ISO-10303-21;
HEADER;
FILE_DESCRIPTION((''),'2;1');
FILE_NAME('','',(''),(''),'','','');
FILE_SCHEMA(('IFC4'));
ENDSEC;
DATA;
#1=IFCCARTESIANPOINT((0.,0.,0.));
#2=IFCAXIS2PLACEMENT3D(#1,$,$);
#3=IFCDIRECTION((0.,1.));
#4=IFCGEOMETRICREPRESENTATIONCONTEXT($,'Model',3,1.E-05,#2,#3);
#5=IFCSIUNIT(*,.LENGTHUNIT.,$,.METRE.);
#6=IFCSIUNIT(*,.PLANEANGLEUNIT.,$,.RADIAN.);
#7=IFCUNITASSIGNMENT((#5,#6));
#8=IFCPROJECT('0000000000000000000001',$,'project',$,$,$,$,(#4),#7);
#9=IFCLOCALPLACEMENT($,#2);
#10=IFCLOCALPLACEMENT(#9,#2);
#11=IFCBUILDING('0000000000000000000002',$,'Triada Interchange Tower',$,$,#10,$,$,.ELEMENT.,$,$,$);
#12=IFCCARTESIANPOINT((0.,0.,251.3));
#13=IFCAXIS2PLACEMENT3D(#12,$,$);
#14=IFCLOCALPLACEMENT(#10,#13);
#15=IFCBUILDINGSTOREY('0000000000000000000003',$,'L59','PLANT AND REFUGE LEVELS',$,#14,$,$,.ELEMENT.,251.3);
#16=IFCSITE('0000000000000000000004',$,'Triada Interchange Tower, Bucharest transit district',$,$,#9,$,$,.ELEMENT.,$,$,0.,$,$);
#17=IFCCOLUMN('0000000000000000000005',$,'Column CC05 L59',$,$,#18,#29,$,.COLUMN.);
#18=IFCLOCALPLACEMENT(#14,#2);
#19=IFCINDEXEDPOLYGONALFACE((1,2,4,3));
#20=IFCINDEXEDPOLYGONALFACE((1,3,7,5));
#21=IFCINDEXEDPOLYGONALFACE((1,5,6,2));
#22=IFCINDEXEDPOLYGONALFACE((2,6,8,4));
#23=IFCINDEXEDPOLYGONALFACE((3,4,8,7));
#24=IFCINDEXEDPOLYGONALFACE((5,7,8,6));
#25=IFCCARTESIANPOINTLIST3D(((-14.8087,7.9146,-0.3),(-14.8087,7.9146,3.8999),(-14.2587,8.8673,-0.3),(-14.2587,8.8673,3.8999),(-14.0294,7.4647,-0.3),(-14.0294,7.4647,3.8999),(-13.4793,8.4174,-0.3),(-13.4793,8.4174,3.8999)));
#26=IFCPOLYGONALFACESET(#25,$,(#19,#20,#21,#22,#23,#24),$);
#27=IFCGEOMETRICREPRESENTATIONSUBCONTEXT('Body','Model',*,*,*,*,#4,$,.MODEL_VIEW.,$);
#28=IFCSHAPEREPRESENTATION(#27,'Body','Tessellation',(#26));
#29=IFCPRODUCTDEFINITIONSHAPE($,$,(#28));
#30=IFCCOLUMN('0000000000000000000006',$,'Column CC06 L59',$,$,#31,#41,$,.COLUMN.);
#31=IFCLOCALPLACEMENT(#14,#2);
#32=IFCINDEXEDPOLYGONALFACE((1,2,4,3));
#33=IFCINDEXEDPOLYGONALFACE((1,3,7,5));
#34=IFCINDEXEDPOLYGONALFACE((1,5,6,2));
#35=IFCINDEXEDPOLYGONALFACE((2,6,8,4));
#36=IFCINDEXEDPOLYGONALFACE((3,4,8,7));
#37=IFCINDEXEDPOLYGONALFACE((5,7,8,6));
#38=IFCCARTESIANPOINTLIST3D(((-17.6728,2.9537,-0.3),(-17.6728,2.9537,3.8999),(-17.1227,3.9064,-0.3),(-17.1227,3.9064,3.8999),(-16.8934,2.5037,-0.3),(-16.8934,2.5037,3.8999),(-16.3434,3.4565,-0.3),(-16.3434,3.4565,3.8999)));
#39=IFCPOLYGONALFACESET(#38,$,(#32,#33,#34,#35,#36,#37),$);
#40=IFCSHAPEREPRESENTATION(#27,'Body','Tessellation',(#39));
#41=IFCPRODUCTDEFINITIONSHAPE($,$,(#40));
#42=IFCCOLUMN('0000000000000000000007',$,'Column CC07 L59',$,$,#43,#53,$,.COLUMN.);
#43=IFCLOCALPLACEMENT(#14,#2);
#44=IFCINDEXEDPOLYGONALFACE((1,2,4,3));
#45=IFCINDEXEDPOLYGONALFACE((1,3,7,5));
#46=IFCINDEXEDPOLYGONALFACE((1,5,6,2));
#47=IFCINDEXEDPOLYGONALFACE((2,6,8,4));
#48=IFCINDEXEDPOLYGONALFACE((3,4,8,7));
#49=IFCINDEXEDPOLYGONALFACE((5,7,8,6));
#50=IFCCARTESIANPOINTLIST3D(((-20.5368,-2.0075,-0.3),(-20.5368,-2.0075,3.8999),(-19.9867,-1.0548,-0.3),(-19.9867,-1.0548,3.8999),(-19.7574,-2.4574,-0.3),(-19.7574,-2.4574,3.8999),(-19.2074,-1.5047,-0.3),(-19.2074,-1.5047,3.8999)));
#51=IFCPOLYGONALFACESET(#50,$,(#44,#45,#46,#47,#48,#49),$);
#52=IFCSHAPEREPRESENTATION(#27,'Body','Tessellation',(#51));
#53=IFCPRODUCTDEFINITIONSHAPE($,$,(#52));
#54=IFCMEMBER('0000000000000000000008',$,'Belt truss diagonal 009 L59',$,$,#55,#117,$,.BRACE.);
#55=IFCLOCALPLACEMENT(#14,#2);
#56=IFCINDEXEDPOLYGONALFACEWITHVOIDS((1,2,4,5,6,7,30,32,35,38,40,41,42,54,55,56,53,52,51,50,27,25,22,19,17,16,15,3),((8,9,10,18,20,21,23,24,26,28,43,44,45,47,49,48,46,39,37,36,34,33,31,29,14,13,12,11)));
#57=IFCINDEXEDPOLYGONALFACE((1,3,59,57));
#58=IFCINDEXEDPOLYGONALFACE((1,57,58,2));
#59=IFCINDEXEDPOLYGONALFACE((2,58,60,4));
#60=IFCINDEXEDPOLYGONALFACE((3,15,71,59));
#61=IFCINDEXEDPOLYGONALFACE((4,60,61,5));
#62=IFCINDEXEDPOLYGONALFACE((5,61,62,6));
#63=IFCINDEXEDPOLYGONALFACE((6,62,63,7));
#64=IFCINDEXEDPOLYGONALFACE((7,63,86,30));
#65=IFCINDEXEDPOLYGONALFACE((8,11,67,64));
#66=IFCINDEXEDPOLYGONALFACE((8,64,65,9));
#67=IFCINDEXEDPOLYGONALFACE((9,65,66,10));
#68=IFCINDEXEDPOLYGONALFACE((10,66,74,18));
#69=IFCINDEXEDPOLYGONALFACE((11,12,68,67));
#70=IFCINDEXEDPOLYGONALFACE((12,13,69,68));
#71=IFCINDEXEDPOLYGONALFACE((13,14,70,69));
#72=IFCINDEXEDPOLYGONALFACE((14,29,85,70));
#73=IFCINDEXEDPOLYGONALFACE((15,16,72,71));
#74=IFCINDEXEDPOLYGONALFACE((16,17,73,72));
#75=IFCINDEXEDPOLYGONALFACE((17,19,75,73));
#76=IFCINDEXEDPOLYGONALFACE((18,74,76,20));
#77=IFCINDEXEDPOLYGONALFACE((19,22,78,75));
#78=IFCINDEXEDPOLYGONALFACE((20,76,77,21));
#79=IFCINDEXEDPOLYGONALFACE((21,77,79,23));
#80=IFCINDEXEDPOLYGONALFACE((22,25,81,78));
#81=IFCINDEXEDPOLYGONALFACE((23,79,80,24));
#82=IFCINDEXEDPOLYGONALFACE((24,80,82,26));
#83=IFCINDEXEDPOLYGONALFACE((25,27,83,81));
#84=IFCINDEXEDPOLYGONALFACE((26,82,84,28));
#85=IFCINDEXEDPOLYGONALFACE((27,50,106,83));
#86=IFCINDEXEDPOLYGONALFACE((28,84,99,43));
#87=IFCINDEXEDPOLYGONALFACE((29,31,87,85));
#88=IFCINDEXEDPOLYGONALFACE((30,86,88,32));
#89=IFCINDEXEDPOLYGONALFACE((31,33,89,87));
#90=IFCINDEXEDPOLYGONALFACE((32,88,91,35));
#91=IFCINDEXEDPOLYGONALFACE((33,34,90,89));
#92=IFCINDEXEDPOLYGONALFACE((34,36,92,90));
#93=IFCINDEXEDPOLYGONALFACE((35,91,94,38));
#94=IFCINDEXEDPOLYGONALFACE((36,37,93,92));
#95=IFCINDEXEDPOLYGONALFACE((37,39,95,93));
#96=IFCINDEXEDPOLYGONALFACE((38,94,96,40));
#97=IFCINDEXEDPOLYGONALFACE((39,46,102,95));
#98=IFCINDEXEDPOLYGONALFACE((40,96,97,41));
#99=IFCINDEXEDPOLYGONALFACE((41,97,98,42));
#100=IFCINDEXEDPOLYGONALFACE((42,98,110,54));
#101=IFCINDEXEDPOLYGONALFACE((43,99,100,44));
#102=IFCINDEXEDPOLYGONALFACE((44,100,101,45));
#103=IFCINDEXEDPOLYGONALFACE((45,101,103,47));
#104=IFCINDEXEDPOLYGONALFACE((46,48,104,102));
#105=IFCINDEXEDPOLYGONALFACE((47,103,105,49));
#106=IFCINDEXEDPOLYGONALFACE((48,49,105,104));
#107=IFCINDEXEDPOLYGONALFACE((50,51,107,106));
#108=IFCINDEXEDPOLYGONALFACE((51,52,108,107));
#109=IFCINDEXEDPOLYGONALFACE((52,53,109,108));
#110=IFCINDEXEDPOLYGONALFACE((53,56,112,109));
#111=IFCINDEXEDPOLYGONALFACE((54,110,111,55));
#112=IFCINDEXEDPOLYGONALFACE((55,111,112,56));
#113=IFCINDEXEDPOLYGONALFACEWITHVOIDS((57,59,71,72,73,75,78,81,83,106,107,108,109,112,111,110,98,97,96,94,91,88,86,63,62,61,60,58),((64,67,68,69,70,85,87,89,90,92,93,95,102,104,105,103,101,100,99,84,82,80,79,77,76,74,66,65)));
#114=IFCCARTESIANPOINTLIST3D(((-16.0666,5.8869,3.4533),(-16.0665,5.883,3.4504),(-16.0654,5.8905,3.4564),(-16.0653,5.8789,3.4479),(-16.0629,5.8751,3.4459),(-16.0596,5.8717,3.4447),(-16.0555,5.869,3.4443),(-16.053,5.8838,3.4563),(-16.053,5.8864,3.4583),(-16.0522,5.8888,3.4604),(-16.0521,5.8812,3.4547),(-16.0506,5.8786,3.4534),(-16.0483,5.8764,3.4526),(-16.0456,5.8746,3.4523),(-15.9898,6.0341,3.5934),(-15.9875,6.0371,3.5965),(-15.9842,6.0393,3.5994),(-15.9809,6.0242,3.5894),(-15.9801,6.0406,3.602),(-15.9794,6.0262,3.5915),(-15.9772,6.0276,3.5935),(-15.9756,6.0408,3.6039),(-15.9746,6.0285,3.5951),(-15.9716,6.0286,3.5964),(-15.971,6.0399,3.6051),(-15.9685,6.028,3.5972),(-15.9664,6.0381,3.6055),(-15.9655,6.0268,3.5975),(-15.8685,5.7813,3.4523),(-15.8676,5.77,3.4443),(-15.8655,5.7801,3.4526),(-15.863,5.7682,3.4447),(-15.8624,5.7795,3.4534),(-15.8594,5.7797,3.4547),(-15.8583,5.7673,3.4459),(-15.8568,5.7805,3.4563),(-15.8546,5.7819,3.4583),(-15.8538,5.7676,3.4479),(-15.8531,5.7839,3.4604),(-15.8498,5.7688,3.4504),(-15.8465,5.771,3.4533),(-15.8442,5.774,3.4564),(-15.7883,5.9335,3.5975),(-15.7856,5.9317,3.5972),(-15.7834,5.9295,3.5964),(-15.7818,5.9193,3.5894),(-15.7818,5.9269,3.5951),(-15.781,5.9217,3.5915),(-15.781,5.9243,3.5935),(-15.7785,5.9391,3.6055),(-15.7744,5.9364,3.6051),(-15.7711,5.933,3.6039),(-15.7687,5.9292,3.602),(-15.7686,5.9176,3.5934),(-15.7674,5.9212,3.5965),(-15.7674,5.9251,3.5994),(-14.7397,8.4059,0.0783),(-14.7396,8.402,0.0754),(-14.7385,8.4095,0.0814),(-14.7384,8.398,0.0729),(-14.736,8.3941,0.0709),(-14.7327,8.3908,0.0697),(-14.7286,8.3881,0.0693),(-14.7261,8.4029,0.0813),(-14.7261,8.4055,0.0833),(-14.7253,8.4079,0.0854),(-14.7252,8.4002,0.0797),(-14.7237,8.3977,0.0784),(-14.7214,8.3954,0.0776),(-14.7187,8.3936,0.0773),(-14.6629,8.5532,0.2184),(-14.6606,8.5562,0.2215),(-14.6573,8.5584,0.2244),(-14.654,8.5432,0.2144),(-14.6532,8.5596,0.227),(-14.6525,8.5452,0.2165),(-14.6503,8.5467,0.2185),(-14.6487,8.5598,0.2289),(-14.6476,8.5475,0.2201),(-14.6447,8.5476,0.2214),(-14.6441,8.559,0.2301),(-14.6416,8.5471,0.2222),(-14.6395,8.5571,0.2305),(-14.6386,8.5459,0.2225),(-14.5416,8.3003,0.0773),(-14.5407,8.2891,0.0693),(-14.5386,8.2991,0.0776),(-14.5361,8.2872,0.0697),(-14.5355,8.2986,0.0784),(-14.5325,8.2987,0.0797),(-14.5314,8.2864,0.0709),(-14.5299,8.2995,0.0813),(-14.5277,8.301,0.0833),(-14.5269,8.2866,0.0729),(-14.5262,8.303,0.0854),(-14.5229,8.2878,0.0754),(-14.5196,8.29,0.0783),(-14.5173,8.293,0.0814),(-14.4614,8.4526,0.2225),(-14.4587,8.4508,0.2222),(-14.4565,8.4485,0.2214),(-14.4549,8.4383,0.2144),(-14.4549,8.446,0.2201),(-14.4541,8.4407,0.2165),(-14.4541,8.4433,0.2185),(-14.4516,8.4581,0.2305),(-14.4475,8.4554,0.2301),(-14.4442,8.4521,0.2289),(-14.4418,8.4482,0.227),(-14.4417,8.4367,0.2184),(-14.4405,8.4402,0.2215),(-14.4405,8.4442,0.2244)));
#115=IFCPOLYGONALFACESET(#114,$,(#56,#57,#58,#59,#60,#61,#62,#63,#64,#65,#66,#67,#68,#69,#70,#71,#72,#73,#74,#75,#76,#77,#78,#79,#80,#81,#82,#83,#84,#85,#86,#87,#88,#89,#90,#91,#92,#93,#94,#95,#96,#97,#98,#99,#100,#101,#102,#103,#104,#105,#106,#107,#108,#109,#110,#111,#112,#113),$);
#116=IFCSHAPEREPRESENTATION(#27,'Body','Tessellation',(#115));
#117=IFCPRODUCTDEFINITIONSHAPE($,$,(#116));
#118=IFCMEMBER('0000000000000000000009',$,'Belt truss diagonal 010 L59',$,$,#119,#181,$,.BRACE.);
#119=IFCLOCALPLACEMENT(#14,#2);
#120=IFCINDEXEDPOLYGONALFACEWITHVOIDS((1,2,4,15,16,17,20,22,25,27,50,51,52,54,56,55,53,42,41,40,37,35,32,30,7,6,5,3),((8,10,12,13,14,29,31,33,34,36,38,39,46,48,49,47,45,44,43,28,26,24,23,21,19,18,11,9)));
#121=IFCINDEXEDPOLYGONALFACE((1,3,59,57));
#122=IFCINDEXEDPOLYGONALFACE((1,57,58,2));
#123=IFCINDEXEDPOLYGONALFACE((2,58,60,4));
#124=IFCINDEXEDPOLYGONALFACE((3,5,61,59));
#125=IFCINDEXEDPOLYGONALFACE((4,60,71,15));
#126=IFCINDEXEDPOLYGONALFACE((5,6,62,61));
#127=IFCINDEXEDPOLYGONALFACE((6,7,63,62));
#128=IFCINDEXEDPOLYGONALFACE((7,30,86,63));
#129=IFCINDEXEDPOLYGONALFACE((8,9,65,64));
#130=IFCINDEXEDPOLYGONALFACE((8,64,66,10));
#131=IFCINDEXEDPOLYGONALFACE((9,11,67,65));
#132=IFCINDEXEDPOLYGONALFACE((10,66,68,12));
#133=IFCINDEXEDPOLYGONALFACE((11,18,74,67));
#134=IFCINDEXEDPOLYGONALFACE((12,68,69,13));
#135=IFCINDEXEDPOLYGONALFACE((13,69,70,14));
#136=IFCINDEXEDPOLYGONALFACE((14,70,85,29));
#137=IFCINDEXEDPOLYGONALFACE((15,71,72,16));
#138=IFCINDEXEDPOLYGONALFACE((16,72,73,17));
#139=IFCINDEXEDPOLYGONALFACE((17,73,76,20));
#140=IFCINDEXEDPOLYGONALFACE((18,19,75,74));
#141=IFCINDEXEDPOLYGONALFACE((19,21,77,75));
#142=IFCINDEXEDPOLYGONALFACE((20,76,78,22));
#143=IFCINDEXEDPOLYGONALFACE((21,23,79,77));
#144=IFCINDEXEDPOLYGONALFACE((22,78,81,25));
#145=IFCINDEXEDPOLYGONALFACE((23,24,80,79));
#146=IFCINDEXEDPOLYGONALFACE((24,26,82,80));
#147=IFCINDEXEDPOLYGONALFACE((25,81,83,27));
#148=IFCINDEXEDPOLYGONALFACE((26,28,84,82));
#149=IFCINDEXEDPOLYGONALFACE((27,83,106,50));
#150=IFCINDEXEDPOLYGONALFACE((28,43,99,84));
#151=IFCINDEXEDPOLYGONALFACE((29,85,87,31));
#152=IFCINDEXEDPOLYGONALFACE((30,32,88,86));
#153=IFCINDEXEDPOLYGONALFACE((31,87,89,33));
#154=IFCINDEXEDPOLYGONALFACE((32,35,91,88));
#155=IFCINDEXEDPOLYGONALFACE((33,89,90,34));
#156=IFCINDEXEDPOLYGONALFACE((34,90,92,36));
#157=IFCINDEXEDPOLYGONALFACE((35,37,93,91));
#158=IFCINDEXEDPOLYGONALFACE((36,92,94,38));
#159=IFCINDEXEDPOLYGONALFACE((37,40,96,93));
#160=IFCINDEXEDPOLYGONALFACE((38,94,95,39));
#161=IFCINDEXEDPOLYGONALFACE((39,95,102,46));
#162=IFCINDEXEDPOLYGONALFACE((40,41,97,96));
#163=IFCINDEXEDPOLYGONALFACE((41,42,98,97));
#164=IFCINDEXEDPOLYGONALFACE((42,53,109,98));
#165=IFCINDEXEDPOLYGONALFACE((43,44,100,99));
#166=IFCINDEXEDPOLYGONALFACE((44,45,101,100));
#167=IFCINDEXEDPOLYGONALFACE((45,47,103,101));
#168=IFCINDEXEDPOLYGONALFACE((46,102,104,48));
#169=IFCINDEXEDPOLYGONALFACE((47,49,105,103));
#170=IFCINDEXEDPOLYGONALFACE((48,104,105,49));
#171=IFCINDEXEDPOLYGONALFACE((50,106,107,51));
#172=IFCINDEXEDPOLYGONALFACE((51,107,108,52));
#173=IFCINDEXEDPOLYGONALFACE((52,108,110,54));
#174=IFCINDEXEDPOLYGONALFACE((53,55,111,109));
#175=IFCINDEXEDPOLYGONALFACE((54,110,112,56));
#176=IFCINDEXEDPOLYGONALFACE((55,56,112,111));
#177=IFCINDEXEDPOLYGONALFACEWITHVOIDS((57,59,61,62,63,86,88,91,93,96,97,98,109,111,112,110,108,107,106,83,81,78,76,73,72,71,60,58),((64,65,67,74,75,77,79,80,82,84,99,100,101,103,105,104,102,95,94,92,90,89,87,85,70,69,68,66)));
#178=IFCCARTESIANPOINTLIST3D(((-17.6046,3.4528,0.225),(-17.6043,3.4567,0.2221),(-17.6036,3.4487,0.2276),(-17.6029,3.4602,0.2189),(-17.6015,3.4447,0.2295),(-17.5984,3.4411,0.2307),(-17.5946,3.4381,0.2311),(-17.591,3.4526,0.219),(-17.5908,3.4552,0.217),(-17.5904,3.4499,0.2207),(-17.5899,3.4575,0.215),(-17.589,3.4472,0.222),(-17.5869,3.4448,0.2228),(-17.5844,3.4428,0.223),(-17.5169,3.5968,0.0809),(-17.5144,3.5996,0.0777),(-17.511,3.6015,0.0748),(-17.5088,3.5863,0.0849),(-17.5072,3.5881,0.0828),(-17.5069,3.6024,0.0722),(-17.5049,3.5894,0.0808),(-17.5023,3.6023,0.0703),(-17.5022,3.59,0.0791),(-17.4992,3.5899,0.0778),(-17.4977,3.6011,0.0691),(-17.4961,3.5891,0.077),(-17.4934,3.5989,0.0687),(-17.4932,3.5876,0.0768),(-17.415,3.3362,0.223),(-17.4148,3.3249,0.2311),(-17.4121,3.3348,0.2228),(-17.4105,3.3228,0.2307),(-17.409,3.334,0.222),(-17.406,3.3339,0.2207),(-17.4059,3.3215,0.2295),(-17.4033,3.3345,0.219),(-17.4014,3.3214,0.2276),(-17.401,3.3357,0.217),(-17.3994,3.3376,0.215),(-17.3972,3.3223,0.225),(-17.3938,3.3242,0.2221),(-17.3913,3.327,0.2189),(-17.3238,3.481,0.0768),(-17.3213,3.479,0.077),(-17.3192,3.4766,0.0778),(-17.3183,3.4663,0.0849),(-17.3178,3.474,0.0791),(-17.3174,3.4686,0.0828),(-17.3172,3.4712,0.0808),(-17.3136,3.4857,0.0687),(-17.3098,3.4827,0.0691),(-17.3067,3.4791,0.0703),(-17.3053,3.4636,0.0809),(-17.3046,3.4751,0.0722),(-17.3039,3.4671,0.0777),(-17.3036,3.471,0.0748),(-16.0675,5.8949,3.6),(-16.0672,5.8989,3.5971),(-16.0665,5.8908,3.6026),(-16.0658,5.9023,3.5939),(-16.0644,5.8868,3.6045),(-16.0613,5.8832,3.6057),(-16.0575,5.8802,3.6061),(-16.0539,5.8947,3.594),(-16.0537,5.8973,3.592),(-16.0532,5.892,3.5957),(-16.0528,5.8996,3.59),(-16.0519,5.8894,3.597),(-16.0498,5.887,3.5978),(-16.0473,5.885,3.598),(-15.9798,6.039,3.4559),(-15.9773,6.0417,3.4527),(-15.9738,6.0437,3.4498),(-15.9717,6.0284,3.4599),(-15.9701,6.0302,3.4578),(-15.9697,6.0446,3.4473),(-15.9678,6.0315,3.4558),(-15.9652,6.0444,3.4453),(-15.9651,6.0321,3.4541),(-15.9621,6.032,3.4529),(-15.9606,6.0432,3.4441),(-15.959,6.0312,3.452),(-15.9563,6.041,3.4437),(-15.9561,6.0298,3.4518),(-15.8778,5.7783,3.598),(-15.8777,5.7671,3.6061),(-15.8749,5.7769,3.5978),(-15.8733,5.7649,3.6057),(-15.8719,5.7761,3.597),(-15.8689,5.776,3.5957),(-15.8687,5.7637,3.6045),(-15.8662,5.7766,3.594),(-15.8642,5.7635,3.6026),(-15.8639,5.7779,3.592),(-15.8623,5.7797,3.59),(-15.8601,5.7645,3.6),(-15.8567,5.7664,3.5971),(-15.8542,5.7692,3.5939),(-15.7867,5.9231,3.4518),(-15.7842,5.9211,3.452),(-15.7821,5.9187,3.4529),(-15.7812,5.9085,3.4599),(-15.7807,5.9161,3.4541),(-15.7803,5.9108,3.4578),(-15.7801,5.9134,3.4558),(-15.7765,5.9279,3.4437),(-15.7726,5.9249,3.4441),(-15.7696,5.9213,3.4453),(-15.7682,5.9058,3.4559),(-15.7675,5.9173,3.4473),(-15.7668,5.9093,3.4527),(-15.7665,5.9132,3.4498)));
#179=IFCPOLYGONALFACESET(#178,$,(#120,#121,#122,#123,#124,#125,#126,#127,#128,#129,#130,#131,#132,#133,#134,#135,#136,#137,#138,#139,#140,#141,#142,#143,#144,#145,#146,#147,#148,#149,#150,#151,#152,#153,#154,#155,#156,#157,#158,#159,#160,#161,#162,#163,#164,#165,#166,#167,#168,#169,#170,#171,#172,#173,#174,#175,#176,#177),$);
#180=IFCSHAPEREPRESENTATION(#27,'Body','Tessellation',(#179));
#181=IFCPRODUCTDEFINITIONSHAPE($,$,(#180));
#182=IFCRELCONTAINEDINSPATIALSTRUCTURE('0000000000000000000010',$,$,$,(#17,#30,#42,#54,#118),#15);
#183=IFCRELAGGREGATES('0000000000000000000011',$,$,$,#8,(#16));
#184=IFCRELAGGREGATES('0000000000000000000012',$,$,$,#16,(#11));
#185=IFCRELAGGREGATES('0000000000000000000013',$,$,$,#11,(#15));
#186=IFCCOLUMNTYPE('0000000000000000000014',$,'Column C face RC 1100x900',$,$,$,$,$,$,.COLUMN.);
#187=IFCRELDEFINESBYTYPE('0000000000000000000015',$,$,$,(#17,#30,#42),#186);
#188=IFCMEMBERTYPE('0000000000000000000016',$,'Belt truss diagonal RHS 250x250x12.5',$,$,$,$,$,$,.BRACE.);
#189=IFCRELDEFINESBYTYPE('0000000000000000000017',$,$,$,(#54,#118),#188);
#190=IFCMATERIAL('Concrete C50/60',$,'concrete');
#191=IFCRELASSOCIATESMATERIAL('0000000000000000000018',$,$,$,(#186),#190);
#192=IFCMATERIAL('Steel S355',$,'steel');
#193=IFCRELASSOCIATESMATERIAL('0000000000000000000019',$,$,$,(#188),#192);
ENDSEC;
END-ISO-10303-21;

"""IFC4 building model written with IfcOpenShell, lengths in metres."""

from ifc_helpers import new_model, si_unit, direction, frame, origin, origin_2d, place, context, subcontext, project, spatial, rectangle, hollow_rectangle, extrude, material, material_profile, profile_set, type_object, element, save


model = new_model("IFC4")

# Units and contexts
model_context = context("Model", 3, precision=1e-05, world=origin(), true_north=direction((0.0, 1.0)))
body_context = subcontext(model_context, "Body", "Model", "MODEL_VIEW")
ifc_project = project(units=[si_unit("LENGTHUNIT", "METRE"), si_unit("PLANEANGLEUNIT", "RADIAN")], contexts=[model_context])

# Site, building, storey
site_placement = place(None, origin())
site = spatial("IfcSite", under=ifc_project, at=site_placement, Name="Triada Interchange Tower, Bucharest transit district", CompositionType="ELEMENT", RefElevation=0.0)
building_placement = place(site_placement, origin())
building = spatial("IfcBuilding", under=site, at=building_placement, Name="Triada Interchange Tower", CompositionType="ELEMENT")
storey_placement = place(building_placement, frame((0.0, 0.0, 251.3)))
storey = spatial("IfcBuildingStorey", under=building, at=storey_placement, Name="L59", Description="PLANT AND REFUGE LEVELS", CompositionType="ELEMENT", Elevation=251.3)

# Columns
ifc_material_1 = material(Name="Concrete C50/60", Category="concrete")
ifc_material_profile_1 = material_profile(ifc_material_1, rectangle(XDim=1.1001, YDim=0.8999, at=origin_2d()), Name="RC 1100x900")
ifc_profile_set_1 = profile_set([ifc_material_profile_1], Name="Concrete C50/60")
column_type = type_object("IfcColumnType", Name="Column C face RC 1100x900", PredefinedType="COLUMN", material=ifc_profile_set_1)
for number, where, z_axis, x_axis, name in (
    (1, (-14.144, 8.166, -0.3), (0.0, 0.0, 1.0), (0.5, 0.866025, 0.0), "Column CC05 L59"),
    (2, (-17.0081, 3.2051, -0.3), (0.0, 0.0, 1.0), (0.5, 0.866025, 0.0), "Column CC06 L59"),
    (3, (-19.8721, -1.7561, -0.3), (0.0, 0.0, 1.0), (0.5, 0.866025, 0.0), "Column CC07 L59"),
):
    element("IfcColumn", number, at=place(storey_placement, frame(where, z_axis=z_axis, x_axis=x_axis)), inside=storey, type_object=column_type, Name=name, PredefinedType="COLUMN", context=body_context, shape_type="SweptSolid", body=[
        extrude(rectangle(XDim=1.1001, YDim=0.8999, at=origin_2d()), origin(), (0.0, 0.0, 1.0), 4.2),
    ])

# Members
ifc_material_2 = material(Name="Steel S355", Category="steel")
ifc_material_profile_2 = material_profile(ifc_material_2, hollow_rectangle(XDim=0.25, YDim=0.25, WallThickness=0.0125, InnerFilletRadius=0.0125, OuterFilletRadius=0.0188, at=origin_2d()), Name="RHS 250x250x12.5")
ifc_profile_set_2 = profile_set([ifc_material_profile_2], Name="Steel S355")
member_type = type_object("IfcMemberType", Name="Belt truss diagonal RHS 250x250x12.5", PredefinedType="BRACE", material=ifc_profile_set_2)
member_1_placement = place(storey_placement, frame((-14.5901, 8.4231, 0.1499), z_axis=(-0.300509, -0.570497, 0.764348), x_axis=(0.88476, -0.466047, 0.0)))
element("IfcMember", 4, at=member_1_placement, inside=storey, type_object=member_type, Name="Belt truss diagonal 009 L59", PredefinedType="BRACE", context=body_context, shape_type="SweptSolid", body=[
    extrude(hollow_rectangle(XDim=0.25, YDim=0.25, WallThickness=0.0125, InnerFilletRadius=0.0125, OuterFilletRadius=0.0188, at=origin_2d()), origin(), (0.0, 0.0, 1.0), 4.4155),
])
member_2_placement = place(storey_placement, frame((-17.4541, 3.4619, 0.1499), z_axis=(0.346163, 0.549979, 0.760062), x_axis=(-0.846316, 0.532681, 0.0)))
element("IfcMember", 5, at=member_2_placement, inside=storey, type_object=member_type, Name="Belt truss diagonal 010 L59", PredefinedType="BRACE", context=body_context, shape_type="SweptSolid", body=[
    extrude(hollow_rectangle(XDim=0.25, YDim=0.25, WallThickness=0.0125, InnerFilletRadius=0.0125, OuterFilletRadius=0.0188, at=origin_2d()), origin(), (0.0, 0.0, 1.0), 4.4404),
])

save(model, "model.ifc")
